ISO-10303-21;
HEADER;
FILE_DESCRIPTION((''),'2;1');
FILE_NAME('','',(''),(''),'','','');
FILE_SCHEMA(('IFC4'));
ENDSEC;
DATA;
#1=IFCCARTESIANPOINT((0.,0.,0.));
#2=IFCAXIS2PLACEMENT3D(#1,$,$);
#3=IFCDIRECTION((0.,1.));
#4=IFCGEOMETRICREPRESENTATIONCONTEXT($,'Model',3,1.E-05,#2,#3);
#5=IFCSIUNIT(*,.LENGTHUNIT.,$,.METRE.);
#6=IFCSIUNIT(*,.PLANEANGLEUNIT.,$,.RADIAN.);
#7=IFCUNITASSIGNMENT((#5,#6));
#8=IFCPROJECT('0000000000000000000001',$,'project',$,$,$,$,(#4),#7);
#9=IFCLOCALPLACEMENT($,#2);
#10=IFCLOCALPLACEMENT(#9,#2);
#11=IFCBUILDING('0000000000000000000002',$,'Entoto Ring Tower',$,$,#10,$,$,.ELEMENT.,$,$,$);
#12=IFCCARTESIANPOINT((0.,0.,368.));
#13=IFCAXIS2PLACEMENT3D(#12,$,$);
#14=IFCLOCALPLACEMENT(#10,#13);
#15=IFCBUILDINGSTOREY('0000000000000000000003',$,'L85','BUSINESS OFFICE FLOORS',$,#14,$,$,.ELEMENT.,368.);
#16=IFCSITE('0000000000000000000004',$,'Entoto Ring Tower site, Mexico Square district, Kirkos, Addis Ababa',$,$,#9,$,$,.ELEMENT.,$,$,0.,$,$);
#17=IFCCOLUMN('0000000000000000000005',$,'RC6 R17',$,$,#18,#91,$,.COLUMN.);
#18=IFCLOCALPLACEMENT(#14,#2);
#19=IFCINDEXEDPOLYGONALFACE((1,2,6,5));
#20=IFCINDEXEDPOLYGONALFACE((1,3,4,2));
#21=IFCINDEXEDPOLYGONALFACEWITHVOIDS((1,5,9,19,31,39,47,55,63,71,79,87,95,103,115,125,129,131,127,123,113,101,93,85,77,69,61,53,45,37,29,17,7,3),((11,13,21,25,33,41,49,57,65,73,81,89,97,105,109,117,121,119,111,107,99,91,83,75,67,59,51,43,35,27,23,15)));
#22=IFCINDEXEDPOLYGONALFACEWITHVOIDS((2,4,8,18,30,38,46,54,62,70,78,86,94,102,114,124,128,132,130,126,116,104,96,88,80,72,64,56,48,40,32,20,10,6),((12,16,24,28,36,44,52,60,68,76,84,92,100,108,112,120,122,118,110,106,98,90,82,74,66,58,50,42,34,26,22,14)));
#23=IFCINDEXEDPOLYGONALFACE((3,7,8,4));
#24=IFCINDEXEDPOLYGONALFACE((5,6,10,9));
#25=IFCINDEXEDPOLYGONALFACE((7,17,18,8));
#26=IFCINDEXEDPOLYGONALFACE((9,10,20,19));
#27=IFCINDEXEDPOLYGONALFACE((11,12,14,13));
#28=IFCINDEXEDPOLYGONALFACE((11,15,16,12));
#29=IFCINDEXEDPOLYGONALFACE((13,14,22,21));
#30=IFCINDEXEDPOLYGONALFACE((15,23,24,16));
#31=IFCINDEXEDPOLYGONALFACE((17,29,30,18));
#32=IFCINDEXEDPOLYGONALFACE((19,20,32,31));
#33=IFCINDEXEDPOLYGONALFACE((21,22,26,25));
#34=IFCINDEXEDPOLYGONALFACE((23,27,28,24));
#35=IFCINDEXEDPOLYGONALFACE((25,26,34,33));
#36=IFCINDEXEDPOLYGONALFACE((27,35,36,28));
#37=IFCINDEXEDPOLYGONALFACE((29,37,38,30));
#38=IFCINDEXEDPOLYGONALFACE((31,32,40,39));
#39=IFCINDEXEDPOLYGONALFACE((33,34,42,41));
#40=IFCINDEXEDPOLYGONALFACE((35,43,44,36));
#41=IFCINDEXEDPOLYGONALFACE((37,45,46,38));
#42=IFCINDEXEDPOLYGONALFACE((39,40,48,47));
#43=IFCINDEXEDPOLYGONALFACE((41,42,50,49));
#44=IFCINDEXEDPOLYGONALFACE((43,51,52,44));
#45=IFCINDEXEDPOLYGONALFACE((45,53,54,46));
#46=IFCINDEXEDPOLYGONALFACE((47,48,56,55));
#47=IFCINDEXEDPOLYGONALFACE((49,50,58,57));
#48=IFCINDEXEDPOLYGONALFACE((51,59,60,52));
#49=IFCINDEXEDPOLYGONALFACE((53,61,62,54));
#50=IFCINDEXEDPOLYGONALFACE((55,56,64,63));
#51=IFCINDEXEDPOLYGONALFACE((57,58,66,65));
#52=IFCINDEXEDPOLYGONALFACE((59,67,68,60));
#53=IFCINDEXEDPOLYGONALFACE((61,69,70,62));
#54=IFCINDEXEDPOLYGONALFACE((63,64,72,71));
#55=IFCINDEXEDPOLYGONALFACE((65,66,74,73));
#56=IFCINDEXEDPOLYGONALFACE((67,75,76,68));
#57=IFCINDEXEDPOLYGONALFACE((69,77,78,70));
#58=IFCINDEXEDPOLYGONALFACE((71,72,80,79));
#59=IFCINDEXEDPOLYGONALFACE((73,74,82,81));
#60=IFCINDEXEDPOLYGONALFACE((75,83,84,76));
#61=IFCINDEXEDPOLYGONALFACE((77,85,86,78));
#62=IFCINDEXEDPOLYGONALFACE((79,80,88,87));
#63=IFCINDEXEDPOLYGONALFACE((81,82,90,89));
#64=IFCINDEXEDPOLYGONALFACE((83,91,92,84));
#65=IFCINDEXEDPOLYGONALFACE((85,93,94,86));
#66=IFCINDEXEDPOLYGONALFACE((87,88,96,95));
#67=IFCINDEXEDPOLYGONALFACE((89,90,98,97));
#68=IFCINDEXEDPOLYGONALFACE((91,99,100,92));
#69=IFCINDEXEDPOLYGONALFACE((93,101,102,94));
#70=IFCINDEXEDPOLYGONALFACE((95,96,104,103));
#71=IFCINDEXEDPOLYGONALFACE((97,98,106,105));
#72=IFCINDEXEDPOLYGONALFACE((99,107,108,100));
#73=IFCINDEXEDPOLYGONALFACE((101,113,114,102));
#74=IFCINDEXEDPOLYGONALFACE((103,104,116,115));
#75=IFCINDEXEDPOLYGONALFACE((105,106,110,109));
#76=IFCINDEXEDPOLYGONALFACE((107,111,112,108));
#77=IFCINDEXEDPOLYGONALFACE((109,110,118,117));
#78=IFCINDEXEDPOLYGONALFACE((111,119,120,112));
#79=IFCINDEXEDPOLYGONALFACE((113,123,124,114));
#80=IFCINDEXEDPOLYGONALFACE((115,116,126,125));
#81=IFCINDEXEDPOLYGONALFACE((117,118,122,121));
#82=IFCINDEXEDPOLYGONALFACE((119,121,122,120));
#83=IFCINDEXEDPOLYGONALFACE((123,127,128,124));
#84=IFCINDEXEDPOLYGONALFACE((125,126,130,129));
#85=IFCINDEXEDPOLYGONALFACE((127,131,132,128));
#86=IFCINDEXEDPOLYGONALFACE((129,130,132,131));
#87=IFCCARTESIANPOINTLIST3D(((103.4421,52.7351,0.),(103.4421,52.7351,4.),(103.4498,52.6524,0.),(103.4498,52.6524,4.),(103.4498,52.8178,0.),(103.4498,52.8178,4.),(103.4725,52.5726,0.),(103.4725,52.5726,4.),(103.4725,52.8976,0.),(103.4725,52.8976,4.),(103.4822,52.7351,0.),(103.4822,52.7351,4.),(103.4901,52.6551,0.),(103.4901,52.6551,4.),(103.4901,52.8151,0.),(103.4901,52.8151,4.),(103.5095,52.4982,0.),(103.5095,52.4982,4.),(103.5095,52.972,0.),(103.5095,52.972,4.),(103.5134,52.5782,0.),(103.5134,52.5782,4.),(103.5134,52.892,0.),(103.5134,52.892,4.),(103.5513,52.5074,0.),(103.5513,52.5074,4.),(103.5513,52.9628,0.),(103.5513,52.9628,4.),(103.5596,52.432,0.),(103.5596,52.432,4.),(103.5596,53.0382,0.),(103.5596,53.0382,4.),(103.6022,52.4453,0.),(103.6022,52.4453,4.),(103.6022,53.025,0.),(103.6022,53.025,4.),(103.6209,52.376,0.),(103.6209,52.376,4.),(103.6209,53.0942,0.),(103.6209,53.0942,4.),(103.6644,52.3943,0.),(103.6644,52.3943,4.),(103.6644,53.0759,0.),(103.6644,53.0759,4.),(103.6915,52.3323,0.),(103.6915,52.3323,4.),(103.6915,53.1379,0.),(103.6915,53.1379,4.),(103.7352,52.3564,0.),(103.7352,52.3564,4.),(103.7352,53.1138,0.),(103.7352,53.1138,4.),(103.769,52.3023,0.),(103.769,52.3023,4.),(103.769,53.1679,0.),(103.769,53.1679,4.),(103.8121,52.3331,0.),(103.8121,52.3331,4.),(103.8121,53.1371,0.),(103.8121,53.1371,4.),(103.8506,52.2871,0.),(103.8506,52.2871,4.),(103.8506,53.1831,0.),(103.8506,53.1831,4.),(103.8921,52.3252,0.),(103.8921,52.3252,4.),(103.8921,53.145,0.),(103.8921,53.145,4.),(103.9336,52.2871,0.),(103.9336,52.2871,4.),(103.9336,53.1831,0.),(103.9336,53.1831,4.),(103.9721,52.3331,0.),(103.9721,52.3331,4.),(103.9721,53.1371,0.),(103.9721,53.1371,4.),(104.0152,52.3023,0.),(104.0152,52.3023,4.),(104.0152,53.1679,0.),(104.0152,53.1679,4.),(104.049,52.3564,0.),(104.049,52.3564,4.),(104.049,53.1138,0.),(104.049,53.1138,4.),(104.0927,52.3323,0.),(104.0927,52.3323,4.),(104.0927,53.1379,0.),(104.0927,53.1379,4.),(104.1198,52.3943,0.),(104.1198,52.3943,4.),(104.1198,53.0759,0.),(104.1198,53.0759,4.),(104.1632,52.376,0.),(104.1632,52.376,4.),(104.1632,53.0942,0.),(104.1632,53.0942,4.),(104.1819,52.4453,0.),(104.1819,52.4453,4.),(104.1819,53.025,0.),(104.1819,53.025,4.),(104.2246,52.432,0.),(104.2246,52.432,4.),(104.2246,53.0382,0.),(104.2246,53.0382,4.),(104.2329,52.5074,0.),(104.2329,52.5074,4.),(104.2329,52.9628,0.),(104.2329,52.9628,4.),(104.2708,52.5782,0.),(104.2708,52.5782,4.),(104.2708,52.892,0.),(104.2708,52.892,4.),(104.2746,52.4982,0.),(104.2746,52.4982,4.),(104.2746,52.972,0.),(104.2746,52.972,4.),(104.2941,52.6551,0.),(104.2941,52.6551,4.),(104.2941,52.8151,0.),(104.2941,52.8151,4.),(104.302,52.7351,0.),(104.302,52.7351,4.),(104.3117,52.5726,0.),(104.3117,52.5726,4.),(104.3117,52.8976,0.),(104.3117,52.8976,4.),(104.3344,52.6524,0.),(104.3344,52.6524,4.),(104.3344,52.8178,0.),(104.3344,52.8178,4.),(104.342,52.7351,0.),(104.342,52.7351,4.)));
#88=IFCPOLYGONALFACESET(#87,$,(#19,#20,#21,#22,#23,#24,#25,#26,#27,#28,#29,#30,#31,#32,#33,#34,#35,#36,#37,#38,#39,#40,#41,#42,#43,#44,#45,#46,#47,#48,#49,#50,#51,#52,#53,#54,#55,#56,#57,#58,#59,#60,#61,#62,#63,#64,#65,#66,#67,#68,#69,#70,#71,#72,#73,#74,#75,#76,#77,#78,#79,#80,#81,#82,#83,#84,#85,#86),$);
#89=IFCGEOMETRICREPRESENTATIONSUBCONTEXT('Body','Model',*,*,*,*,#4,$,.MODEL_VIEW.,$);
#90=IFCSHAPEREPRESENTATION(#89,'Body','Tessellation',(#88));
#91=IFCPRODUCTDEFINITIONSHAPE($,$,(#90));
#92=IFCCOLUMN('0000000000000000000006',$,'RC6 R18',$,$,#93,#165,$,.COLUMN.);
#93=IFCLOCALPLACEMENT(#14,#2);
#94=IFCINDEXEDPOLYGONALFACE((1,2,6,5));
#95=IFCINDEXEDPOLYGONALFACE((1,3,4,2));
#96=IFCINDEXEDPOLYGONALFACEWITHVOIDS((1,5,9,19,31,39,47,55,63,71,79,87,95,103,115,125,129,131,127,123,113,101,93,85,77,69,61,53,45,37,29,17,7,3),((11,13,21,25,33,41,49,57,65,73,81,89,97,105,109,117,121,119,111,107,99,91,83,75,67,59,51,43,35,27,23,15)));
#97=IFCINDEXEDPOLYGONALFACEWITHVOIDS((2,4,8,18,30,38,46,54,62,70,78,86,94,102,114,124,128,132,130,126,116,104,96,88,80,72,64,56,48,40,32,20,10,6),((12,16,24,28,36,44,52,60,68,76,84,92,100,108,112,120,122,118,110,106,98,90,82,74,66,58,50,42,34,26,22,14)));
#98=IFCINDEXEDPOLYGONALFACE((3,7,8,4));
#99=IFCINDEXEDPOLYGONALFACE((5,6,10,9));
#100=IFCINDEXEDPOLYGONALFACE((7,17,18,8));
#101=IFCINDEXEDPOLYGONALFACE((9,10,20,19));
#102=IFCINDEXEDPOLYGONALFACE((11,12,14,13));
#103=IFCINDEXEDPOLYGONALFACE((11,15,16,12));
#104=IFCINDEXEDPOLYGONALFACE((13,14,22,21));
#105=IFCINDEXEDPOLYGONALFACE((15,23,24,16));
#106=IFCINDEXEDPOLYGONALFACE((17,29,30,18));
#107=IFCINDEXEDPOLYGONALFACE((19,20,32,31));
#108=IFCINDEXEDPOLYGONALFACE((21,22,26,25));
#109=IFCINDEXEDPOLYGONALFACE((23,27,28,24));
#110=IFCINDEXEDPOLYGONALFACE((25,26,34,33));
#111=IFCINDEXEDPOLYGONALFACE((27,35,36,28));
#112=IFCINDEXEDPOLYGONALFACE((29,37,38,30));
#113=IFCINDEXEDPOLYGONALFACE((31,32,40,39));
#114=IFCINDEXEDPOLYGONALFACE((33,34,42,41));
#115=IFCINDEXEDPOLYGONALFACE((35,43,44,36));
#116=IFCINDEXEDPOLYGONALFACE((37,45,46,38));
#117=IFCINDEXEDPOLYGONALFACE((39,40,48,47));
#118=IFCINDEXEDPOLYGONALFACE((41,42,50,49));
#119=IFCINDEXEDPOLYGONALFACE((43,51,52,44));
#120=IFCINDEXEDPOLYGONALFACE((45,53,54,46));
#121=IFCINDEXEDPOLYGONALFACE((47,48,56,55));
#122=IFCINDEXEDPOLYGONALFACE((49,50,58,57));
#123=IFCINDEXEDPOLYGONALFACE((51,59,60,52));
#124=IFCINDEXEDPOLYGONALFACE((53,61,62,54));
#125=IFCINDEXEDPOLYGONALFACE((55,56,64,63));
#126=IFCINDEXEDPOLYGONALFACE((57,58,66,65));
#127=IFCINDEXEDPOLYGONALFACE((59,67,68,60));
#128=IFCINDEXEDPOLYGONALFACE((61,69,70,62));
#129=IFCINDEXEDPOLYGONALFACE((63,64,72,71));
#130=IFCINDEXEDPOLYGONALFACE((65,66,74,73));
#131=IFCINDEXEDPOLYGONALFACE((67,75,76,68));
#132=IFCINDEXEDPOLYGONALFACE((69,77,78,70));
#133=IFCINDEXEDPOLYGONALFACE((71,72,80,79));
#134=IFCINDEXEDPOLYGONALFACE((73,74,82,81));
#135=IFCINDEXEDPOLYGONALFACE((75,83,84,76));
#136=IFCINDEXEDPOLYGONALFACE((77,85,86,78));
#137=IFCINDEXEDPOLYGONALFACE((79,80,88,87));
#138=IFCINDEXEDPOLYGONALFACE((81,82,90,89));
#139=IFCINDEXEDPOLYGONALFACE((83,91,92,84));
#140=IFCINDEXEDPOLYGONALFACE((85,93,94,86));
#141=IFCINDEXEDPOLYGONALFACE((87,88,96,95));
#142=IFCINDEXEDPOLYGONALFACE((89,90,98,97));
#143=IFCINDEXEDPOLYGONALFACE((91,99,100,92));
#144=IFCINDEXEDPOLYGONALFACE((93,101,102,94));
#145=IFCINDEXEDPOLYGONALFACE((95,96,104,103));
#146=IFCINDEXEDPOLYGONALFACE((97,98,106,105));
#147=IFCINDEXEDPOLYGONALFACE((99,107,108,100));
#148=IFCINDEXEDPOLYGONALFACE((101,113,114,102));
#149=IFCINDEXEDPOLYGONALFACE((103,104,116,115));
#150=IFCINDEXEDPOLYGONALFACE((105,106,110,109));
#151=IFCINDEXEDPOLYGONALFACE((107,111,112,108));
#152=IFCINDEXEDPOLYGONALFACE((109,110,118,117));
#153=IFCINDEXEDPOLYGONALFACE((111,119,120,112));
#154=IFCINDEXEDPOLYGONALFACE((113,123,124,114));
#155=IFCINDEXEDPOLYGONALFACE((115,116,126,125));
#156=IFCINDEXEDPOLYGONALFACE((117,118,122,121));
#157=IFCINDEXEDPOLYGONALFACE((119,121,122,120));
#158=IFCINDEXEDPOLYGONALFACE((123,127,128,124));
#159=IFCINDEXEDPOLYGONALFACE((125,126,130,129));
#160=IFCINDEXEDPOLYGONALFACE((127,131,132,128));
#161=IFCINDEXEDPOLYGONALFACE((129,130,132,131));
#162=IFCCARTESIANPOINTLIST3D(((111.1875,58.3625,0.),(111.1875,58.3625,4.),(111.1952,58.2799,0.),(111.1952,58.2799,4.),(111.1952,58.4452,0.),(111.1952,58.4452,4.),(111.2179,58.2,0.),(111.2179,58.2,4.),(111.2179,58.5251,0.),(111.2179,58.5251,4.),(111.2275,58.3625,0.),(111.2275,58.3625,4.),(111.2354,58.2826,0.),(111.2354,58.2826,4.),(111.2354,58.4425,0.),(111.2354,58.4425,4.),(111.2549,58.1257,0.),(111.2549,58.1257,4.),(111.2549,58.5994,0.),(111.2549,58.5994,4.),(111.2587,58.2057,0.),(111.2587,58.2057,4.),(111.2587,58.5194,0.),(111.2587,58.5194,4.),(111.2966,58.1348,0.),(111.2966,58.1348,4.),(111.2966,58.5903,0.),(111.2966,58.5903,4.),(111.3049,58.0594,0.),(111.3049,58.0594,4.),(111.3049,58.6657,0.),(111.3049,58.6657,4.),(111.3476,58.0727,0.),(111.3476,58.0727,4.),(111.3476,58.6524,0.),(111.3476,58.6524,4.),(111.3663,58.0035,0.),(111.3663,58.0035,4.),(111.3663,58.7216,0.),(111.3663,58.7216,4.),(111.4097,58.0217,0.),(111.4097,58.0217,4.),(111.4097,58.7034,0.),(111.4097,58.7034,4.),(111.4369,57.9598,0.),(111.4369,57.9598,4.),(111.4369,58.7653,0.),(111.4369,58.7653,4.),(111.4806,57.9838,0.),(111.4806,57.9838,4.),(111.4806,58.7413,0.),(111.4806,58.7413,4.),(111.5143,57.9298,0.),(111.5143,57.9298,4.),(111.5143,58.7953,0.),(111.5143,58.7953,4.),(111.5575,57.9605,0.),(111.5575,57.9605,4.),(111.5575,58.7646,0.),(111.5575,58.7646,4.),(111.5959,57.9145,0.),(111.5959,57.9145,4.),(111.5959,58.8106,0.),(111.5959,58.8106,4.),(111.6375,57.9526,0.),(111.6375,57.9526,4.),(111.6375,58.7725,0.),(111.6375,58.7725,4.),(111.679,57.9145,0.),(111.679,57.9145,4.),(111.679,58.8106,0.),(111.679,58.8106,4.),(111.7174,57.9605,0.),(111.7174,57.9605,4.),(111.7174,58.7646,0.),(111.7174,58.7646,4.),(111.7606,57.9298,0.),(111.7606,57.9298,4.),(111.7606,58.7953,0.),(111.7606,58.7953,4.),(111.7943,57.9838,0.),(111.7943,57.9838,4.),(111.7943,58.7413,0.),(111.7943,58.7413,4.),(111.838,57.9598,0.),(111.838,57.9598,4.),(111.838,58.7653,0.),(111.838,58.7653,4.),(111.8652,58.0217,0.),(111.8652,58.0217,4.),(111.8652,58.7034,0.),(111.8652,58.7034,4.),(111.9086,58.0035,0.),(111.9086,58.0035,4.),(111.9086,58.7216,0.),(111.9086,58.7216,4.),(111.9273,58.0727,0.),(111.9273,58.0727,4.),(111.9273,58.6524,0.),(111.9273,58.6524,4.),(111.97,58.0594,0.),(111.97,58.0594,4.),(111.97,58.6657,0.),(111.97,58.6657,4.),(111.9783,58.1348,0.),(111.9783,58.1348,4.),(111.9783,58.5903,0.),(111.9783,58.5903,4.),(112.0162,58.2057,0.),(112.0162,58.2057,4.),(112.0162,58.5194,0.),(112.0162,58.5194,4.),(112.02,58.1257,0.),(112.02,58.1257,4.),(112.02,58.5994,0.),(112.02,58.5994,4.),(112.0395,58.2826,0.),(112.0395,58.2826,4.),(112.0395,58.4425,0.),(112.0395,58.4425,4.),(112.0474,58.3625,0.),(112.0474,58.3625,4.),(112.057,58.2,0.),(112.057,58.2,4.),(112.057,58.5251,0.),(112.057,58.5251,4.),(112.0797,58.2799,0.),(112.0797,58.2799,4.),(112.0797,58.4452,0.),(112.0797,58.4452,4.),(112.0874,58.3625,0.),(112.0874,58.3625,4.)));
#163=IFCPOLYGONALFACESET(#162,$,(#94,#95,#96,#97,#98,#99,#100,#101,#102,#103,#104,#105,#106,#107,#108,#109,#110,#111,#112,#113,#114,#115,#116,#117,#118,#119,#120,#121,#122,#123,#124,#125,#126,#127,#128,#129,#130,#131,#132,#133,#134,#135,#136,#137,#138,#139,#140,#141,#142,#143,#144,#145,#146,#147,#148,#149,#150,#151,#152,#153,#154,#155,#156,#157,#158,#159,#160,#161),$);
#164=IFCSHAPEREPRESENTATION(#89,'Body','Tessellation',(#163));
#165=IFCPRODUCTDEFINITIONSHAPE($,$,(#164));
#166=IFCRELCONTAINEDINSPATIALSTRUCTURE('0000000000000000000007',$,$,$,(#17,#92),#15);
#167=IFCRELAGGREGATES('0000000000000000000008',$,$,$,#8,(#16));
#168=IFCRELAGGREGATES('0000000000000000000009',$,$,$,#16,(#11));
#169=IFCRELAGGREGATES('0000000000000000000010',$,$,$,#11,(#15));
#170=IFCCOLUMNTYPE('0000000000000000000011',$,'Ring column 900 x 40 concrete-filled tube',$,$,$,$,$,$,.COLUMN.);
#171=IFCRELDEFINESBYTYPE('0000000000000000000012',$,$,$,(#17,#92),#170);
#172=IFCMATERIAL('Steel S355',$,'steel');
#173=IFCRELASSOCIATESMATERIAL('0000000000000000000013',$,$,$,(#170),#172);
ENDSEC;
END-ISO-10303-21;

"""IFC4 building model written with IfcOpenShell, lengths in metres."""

from ifc_helpers import new_model, si_unit, direction, frame, origin, origin_2d, place, context, subcontext, project, spatial, circle, hollow_circle, extrude, material, material_profile, profile_set, type_object, element, save


model = new_model("IFC4")

# Units and contexts
model_context = context("Model", 3, precision=1e-05, world=origin(), true_north=direction((0.0, 1.0)))
body_context = subcontext(model_context, "Body", "Model", "MODEL_VIEW")
ifc_project = project(units=[si_unit("LENGTHUNIT", "METRE"), si_unit("PLANEANGLEUNIT", "RADIAN")], contexts=[model_context])

# Site, building, storey
site_placement = place(None, origin())
site = spatial("IfcSite", under=ifc_project, at=site_placement, Name="Entoto Ring Tower site, Mexico Square district, Kirkos, Addis Ababa", CompositionType="ELEMENT", RefElevation=0.0)
building_placement = place(site_placement, origin())
building = spatial("IfcBuilding", under=site, at=building_placement, Name="Entoto Ring Tower", CompositionType="ELEMENT")
storey_placement = place(building_placement, frame((0.0, 0.0, 368.0)))
storey = spatial("IfcBuildingStorey", under=building, at=storey_placement, Name="L85", Description="BUSINESS OFFICE FLOORS", CompositionType="ELEMENT", Elevation=368.0)

# Columns
ifc_material_1 = material(Name="Steel S355", Category="steel")
ifc_material_profile_1 = material_profile(ifc_material_1, hollow_circle(Radius=0.45, WallThickness=0.04, at=origin_2d()), Name="CHS 900 x 40")
ifc_material_2 = material(Name="Concrete C60/75", Category="concrete")
ifc_material_profile_2 = material_profile(ifc_material_2, circle(Radius=0.4099, at=origin_2d()), Name="Concrete C60/75 infill")
ifc_profile_set_1 = profile_set([ifc_material_profile_1, ifc_material_profile_2], Name="Steel S355")
column_type = type_object("IfcColumnType", Name="Ring column 900 x 40 concrete-filled tube", PredefinedType="COLUMN", material=ifc_profile_set_1)
for number, where, z_axis, x_axis, name in (
    (1, (103.8921, 52.7351, 0.0), (0.0, 0.0, 1.0), (1.0, 0.0, 0.0), "RC6 R17"),
    (2, (111.6375, 58.3625, 0.0), (0.0, 0.0, 1.0), (1.0, 0.0, 0.0), "RC6 R18"),
):
    element("IfcColumn", number, at=place(storey_placement, frame(where, z_axis=z_axis, x_axis=x_axis)), inside=storey, type_object=column_type, Name=name, PredefinedType="COLUMN", context=body_context, shape_type="SweptSolid", body=[
        extrude(hollow_circle(Radius=0.45, WallThickness=0.04, at=origin_2d()), origin(), (0.0, 0.0, 1.0), 4.0),
    ])

save(model, "model.ifc")
